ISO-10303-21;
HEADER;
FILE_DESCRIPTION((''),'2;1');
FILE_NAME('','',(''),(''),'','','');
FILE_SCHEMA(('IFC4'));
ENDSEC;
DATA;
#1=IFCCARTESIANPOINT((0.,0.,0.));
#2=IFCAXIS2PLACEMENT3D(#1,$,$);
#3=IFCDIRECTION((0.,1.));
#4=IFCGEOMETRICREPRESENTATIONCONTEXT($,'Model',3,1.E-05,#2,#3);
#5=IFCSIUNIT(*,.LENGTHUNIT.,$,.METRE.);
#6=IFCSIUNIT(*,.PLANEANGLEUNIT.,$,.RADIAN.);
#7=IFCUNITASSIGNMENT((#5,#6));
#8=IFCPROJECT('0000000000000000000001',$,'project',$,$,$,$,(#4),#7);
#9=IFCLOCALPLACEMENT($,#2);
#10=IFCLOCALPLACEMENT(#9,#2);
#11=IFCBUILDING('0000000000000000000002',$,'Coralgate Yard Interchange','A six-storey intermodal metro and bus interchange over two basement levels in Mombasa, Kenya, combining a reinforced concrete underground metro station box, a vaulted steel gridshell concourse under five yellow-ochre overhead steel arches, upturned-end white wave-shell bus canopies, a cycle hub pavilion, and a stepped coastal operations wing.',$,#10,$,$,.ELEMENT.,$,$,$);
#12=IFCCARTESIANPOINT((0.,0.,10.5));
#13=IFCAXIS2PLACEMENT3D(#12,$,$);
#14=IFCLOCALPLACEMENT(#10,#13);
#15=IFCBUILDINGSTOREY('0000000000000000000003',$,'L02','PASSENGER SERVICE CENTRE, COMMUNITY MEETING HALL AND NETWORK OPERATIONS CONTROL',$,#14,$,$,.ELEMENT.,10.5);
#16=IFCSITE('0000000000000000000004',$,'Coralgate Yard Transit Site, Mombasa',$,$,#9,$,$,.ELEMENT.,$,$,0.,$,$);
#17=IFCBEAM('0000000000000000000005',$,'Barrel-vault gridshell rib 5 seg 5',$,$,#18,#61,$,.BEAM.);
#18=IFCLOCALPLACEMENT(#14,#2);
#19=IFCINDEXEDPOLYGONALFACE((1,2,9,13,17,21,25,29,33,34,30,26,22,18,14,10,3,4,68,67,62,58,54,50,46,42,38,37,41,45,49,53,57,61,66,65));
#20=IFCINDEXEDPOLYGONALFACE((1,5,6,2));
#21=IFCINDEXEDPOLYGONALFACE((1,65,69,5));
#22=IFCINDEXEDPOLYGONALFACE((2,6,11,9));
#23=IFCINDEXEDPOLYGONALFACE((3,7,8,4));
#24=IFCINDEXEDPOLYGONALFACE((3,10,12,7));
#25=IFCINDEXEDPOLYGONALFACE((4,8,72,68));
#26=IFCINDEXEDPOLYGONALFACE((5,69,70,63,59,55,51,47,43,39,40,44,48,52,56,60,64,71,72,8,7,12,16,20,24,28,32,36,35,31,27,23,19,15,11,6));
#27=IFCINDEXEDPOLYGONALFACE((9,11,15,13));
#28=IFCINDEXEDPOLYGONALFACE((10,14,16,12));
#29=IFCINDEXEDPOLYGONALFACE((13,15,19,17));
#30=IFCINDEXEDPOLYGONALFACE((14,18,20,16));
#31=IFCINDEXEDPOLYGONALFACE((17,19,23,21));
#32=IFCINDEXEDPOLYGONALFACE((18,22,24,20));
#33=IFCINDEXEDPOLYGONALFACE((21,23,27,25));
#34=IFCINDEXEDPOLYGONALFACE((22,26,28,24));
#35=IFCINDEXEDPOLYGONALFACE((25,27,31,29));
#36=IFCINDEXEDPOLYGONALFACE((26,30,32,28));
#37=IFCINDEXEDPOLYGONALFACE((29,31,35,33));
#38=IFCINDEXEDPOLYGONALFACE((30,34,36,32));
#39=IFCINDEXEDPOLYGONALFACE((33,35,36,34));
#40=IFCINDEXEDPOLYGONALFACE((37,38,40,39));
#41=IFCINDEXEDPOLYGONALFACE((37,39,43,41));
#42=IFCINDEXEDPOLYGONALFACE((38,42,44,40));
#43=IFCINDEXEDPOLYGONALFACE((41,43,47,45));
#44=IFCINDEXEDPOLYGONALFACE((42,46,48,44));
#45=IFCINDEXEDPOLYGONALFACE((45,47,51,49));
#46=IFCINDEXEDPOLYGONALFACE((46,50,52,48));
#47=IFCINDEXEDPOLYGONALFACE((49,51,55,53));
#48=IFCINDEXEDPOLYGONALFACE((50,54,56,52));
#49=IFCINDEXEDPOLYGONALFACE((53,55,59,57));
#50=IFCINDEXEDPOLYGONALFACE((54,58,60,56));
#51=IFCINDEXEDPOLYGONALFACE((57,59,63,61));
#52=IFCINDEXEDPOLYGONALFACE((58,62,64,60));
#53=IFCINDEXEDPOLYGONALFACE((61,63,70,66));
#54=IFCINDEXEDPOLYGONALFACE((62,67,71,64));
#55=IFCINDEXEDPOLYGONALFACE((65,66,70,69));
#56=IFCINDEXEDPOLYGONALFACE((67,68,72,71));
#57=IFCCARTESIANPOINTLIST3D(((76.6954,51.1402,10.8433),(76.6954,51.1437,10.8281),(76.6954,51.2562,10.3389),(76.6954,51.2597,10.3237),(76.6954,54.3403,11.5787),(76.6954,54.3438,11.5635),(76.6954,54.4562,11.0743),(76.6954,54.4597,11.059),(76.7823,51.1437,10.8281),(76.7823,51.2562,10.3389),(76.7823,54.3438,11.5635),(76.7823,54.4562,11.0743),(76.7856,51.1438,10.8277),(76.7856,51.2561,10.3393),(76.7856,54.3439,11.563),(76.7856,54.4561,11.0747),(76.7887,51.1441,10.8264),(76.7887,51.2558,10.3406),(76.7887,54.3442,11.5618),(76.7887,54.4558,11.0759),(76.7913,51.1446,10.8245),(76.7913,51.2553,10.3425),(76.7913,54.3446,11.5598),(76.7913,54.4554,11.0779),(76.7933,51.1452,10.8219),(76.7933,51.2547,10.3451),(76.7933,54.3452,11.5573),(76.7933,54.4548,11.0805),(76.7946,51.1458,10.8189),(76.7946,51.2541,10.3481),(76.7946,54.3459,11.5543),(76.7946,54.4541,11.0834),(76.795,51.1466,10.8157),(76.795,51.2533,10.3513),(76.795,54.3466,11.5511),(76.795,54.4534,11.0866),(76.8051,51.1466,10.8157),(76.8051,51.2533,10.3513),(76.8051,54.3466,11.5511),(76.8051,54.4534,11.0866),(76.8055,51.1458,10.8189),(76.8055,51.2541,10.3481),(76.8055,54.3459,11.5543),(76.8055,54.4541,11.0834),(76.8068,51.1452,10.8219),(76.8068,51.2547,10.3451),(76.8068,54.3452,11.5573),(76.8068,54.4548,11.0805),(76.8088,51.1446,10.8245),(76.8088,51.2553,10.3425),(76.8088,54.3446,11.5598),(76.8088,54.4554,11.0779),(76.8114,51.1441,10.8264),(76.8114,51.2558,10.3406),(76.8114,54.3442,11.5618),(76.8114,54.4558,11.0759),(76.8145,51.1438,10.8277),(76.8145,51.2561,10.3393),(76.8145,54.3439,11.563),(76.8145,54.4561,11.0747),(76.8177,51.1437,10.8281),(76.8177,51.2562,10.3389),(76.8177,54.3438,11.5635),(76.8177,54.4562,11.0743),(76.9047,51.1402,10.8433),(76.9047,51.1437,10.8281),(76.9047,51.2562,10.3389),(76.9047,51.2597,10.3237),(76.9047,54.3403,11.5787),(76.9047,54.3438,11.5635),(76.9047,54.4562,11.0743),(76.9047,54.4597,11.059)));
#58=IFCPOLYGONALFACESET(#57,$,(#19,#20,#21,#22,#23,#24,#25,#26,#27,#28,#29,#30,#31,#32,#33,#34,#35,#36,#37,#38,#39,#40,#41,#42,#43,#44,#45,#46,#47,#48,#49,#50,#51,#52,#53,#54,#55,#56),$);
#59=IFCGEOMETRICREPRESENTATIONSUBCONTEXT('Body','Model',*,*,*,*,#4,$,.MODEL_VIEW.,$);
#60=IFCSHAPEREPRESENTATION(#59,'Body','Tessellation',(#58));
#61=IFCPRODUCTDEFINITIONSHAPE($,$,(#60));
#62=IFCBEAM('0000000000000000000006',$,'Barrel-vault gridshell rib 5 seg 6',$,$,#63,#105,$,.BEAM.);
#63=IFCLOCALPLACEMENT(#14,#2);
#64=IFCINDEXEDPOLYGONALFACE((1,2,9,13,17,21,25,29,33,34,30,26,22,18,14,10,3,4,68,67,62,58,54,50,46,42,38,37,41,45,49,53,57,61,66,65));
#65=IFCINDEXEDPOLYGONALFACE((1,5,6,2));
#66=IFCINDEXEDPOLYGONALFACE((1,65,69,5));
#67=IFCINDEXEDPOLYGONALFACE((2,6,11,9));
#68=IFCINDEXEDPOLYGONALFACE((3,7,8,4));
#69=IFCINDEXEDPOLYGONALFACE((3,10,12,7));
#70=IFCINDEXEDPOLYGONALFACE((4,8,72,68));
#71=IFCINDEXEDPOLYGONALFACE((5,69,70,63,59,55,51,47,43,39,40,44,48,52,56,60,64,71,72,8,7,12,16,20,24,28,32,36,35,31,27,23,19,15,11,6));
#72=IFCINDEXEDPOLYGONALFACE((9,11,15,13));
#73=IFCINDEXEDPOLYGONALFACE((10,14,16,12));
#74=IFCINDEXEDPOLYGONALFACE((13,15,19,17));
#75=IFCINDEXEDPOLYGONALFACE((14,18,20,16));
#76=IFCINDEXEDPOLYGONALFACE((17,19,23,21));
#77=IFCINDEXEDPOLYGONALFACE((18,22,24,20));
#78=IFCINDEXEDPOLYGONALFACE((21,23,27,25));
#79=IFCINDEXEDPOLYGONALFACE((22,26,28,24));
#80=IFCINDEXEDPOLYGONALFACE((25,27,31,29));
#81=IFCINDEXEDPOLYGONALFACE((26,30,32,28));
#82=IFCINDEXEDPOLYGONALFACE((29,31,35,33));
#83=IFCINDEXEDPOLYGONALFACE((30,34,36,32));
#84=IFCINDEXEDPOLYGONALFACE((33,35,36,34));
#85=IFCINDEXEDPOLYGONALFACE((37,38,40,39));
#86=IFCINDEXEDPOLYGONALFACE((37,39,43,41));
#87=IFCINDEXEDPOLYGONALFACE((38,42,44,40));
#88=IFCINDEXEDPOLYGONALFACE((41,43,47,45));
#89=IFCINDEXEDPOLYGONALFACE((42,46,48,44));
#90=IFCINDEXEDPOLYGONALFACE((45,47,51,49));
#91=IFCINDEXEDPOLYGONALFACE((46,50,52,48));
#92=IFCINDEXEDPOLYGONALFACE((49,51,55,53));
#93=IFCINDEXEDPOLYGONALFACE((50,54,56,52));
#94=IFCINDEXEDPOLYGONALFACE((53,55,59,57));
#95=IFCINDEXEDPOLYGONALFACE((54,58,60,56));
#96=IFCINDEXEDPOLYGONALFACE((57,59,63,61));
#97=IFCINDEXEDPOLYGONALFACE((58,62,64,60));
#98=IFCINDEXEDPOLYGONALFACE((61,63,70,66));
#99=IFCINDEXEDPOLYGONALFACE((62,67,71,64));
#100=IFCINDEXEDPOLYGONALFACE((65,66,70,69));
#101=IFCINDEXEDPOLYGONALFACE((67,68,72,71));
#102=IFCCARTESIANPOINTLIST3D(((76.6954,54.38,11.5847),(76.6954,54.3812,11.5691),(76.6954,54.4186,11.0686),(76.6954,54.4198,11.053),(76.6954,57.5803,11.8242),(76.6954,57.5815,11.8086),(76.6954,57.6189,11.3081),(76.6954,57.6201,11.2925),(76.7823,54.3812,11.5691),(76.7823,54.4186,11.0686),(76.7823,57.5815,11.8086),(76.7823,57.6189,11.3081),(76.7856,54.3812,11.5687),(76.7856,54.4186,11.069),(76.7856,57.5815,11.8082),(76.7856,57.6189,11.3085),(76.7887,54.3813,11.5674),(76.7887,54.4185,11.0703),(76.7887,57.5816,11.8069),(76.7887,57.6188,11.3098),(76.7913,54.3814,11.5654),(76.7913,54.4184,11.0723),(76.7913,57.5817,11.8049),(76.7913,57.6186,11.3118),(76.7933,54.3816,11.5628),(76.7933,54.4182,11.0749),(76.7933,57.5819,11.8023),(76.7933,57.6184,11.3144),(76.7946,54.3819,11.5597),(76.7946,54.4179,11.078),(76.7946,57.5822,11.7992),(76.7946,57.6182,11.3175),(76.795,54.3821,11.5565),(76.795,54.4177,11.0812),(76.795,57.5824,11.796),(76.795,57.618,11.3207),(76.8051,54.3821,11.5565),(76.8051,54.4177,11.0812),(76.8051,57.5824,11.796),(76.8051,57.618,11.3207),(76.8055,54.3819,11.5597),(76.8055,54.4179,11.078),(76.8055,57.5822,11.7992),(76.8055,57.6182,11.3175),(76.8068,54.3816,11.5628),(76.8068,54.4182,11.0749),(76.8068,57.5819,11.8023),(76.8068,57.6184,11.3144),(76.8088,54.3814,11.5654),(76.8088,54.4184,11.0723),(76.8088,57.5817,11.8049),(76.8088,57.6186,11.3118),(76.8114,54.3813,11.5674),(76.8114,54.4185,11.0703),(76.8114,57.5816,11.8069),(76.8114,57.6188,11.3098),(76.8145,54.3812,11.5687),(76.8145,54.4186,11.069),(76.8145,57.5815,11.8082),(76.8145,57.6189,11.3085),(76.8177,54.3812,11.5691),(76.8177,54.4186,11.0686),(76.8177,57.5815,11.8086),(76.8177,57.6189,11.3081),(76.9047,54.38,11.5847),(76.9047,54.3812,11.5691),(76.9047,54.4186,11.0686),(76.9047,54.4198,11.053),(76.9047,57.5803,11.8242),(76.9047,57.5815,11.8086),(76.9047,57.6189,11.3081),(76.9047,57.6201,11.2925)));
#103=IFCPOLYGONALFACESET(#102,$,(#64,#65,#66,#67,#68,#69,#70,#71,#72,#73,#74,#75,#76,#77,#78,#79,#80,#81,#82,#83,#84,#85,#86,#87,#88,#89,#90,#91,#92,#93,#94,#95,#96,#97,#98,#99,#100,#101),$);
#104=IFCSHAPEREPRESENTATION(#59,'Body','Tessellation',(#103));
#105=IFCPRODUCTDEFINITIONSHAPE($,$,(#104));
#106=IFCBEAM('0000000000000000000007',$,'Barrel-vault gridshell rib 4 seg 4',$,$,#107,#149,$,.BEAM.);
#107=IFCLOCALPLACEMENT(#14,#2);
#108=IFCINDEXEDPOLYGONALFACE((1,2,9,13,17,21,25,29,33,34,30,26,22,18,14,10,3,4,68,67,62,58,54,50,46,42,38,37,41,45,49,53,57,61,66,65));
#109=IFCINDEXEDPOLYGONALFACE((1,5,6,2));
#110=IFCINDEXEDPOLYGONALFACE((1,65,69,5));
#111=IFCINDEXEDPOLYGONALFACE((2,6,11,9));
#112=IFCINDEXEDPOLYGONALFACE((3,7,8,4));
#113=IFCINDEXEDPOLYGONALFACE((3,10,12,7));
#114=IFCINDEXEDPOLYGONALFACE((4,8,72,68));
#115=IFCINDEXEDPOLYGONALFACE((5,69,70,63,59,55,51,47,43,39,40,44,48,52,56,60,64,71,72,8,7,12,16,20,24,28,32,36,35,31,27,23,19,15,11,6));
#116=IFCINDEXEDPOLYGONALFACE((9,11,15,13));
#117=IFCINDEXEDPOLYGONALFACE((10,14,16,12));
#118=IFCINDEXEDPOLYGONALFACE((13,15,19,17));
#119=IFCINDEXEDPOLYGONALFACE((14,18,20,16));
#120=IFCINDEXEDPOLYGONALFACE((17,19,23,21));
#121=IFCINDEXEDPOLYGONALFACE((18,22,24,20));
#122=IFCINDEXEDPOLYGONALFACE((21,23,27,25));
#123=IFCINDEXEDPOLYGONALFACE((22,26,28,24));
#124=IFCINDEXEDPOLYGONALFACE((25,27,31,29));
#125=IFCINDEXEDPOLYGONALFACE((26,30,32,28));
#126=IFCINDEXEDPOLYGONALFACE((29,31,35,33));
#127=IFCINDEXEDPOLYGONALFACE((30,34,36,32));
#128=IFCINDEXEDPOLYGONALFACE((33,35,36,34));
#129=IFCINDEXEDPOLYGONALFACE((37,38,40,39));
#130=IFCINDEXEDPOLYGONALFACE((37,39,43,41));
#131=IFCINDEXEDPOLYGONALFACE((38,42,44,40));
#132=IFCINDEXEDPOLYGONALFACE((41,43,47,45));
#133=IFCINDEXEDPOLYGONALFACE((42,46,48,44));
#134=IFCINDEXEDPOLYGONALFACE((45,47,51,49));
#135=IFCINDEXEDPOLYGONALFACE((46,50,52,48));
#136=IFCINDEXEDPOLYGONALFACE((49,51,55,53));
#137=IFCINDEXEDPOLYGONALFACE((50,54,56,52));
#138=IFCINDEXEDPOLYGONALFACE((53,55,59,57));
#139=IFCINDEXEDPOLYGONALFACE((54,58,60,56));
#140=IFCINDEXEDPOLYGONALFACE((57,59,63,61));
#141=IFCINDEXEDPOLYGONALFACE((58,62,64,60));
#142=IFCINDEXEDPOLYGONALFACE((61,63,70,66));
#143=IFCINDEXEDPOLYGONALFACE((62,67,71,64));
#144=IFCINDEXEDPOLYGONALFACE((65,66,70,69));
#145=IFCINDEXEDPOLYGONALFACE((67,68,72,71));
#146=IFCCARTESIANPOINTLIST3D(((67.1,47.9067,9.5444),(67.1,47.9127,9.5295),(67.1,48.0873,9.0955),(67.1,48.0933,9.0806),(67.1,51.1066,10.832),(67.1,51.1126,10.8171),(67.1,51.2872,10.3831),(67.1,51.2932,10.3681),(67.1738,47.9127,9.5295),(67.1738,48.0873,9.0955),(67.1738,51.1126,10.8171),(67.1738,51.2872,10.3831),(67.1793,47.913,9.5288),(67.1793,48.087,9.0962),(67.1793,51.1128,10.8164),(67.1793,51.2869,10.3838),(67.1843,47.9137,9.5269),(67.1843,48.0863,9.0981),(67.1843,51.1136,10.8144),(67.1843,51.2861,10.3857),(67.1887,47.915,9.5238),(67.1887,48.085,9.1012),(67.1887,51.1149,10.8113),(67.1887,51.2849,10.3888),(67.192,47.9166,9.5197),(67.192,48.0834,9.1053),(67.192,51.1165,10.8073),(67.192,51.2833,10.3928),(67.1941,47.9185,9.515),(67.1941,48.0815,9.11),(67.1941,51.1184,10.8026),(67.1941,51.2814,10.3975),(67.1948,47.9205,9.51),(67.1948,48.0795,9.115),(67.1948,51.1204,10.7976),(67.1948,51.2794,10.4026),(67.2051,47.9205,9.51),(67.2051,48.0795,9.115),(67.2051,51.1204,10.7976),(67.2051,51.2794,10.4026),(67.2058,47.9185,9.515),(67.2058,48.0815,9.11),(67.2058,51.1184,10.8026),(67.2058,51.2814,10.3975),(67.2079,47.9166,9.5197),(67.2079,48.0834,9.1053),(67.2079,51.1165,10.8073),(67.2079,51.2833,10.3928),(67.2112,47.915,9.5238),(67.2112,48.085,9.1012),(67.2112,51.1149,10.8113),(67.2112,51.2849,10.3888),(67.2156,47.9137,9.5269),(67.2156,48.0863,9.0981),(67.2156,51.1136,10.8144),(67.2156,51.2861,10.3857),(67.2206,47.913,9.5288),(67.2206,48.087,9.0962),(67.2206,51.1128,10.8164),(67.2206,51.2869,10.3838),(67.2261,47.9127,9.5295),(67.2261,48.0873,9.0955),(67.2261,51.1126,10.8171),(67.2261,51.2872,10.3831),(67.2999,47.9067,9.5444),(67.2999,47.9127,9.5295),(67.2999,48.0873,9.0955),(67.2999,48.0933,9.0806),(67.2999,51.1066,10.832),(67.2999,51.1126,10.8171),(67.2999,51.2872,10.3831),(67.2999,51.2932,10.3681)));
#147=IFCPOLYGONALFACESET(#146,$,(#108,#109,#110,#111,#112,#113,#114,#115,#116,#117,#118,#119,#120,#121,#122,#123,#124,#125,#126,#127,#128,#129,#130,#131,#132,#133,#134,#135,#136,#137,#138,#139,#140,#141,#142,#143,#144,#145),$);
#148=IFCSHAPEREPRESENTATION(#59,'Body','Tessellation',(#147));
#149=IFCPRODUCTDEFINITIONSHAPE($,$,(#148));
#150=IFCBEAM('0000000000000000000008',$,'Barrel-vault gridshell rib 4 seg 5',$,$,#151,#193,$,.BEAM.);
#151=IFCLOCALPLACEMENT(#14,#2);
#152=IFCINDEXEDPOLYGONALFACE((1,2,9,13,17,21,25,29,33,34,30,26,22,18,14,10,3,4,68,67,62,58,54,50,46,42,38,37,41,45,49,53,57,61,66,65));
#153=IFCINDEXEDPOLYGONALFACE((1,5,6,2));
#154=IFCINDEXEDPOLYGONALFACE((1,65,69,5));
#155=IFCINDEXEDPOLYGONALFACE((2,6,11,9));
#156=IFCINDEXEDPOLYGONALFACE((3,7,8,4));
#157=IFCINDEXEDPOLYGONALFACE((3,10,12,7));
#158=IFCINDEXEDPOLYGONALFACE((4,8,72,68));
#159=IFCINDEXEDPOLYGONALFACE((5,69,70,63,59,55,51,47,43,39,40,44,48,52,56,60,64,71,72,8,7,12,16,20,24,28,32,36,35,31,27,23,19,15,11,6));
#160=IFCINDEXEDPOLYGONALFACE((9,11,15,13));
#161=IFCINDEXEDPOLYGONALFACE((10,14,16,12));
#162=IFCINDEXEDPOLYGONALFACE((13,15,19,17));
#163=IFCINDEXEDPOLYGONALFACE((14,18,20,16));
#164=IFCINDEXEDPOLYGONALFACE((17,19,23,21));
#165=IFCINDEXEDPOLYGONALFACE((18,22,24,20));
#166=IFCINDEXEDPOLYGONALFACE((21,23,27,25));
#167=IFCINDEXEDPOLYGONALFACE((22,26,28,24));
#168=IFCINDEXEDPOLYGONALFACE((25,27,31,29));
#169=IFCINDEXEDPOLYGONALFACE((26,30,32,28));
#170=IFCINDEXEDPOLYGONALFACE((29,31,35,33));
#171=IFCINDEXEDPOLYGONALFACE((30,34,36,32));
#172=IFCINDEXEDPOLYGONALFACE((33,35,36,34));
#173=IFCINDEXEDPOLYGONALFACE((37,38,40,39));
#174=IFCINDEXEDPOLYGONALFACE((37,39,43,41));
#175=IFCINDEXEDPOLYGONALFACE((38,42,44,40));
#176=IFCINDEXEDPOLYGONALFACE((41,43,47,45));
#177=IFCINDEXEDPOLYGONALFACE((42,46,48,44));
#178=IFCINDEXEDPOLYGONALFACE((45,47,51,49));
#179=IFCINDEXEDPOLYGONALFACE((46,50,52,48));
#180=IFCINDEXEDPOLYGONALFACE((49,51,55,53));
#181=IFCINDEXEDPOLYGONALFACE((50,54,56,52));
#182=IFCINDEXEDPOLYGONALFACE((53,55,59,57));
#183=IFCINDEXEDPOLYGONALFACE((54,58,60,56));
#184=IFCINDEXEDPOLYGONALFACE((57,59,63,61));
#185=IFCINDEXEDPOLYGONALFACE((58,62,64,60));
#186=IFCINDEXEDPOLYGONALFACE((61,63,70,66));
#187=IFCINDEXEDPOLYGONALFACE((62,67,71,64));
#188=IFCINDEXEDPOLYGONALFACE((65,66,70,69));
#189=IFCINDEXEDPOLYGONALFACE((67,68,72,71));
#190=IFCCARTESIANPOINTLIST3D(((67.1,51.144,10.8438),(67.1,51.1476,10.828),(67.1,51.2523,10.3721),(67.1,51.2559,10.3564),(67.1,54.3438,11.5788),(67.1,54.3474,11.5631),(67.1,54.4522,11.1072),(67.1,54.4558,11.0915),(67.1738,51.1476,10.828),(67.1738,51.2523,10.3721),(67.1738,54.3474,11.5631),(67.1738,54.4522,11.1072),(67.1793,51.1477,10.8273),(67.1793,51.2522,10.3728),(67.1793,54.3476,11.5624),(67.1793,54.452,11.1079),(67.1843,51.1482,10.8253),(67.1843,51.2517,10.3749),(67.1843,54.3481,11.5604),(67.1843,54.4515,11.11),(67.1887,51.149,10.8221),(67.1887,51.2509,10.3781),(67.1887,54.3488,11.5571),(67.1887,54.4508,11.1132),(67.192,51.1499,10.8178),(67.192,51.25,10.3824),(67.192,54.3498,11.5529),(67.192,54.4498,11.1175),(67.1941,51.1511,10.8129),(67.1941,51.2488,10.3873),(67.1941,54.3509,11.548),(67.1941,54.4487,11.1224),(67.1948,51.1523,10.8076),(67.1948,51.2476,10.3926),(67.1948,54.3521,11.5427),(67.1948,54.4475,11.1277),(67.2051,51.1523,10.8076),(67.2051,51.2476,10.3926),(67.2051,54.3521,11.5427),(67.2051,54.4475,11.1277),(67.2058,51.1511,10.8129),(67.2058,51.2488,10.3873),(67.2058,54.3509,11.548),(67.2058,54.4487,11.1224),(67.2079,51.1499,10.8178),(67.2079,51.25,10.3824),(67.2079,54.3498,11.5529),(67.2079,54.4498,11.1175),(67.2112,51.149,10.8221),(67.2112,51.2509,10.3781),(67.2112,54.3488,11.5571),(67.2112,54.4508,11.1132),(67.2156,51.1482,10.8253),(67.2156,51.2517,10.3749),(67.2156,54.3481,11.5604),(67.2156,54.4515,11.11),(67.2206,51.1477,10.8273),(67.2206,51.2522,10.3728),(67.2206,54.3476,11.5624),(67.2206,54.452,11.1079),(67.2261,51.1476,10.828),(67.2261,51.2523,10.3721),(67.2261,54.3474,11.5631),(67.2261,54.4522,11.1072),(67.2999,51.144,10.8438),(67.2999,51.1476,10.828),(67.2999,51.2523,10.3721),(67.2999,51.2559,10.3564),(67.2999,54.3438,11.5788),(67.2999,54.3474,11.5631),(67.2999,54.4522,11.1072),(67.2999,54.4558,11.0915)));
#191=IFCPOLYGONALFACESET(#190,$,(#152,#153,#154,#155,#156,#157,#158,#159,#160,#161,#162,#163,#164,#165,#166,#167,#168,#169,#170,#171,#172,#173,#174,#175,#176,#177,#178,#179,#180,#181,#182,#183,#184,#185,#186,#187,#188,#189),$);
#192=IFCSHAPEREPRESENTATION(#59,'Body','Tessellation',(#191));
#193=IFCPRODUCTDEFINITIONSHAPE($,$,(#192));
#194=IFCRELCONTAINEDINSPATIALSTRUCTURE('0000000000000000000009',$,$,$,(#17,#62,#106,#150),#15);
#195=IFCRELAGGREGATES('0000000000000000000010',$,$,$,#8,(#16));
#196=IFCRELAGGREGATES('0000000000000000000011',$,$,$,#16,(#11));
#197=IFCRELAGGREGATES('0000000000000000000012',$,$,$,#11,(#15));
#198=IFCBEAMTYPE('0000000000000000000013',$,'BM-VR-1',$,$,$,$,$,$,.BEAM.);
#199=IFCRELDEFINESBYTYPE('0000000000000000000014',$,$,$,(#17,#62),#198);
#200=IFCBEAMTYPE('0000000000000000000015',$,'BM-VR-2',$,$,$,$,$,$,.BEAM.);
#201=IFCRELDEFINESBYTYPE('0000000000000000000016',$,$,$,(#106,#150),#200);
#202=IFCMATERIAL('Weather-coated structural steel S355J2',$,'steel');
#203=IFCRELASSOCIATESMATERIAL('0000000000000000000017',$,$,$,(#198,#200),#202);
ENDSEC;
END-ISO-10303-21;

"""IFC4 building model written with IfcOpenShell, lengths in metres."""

from ifc_helpers import new_model, si_unit, direction, frame, origin, origin_2d, place, context, subcontext, project, spatial, i_section, extrude, material, material_profile, profile_set, type_object, element, save


model = new_model("IFC4")

# Units and contexts
model_context = context("Model", 3, precision=1e-05, world=origin(), true_north=direction((0.0, 1.0)))
body_context = subcontext(model_context, "Body", "Model", "MODEL_VIEW")
ifc_project = project(units=[si_unit("LENGTHUNIT", "METRE"), si_unit("PLANEANGLEUNIT", "RADIAN")], contexts=[model_context])

# Site, building, storey
site_placement = place(None, origin())
site = spatial("IfcSite", under=ifc_project, at=site_placement, Name="Coralgate Yard Transit Site, Mombasa", CompositionType="ELEMENT", RefElevation=0.0)
building_placement = place(site_placement, origin())
building = spatial("IfcBuilding", under=site, at=building_placement, Name="Coralgate Yard Interchange", Description="A six-storey intermodal metro and bus interchange over two basement levels in Mombasa, Kenya, combining a reinforced concrete underground metro station box, a vaulted steel gridshell concourse under five yellow-ochre overhead steel arches, upturned-end white wave-shell bus canopies, a cycle hub pavilion, and a stepped coastal operations wing.", CompositionType="ELEMENT")
storey_placement = place(building_placement, frame((0.0, 0.0, 10.5)))
storey = spatial("IfcBuildingStorey", under=building, at=storey_placement, Name="L02", Description="PASSENGER SERVICE CENTRE, COMMUNITY MEETING HALL AND NETWORK OPERATIONS CONTROL", CompositionType="ELEMENT", Elevation=10.5)

# Beams
ifc_material_1 = material(Name="Weather-coated structural steel S355J2", Category="steel")
ifc_material_profile_1 = material_profile(ifc_material_1, i_section(OverallWidth=0.2092, OverallDepth=0.5332, WebThickness=0.01, FlangeThickness=0.0156, FilletRadius=0.0127, at=origin_2d()), Name="UB 533x210x92")
ifc_profile_set_1 = profile_set([ifc_material_profile_1], Name="Weather-coated structural steel S355J2")
beam_type_1 = type_object("IfcBeamType", Name="BM-VR-1", PredefinedType="BEAM", material=ifc_profile_set_1)
beam_1_placement = place(storey_placement, frame((76.8, 51.2, 10.5835), z_axis=(0.0, 0.974598, 0.223963), x_axis=(-1.0, 0.0, 0.0)))
element("IfcBeam", 1, at=beam_1_placement, inside=storey, type_object=beam_type_1, Name="Barrel-vault gridshell rib 5 seg 5", PredefinedType="BEAM", context=body_context, shape_type="SweptSolid", body=[
    extrude(i_section(OverallWidth=0.2092, OverallDepth=0.5332, WebThickness=0.01, FlangeThickness=0.0156, FilletRadius=0.0127, at=origin_2d()), origin(), (0.0, 0.0, 1.0), 3.2834),
])
beam_2_placement = place(storey_placement, frame((76.8, 54.3999, 11.3188), z_axis=(0.0, 0.997211, 0.074631), x_axis=(-1.0, 0.0, 0.0)))
element("IfcBeam", 2, at=beam_2_placement, inside=storey, type_object=beam_type_1, Name="Barrel-vault gridshell rib 5 seg 6", PredefinedType="BEAM", context=body_context, shape_type="SweptSolid", body=[
    extrude(i_section(OverallWidth=0.2092, OverallDepth=0.5332, WebThickness=0.01, FlangeThickness=0.0156, FilletRadius=0.0127, at=origin_2d()), origin(), (0.0, 0.0, 1.0), 3.2092),
])
ifc_material_profile_2 = material_profile(ifc_material_1, i_section(OverallWidth=0.2, OverallDepth=0.5, WebThickness=0.0103, FlangeThickness=0.0161, FilletRadius=0.021, at=origin_2d()), Name="IPE 500")
ifc_profile_set_2 = profile_set([ifc_material_profile_2], Name="Weather-coated structural steel S355J2")
beam_type_2 = type_object("IfcBeamType", Name="BM-VR-2", PredefinedType="BEAM", material=ifc_profile_set_2)
beam_3_placement = place(storey_placement, frame((67.2, 48.0, 9.3125), z_axis=(0.0, 0.927713, 0.373294), x_axis=(-1.0, 0.0, 0.0)))
element("IfcBeam", 3, at=beam_3_placement, inside=storey, type_object=beam_type_2, Name="Barrel-vault gridshell rib 4 seg 4", PredefinedType="BEAM", context=body_context, shape_type="SweptSolid", body=[
    extrude(i_section(OverallWidth=0.2, OverallDepth=0.5, WebThickness=0.0103, FlangeThickness=0.0161, FilletRadius=0.021, at=origin_2d()), origin(), (0.0, 0.0, 1.0), 3.4492),
])
beam_4_placement = place(storey_placement, frame((67.2, 51.2, 10.6001), z_axis=(0.0, 0.974614, 0.223893), x_axis=(-1.0, 0.0, 0.0)))
element("IfcBeam", 4, at=beam_4_placement, inside=storey, type_object=beam_type_2, Name="Barrel-vault gridshell rib 4 seg 5", PredefinedType="BEAM", context=body_context, shape_type="SweptSolid", body=[
    extrude(i_section(OverallWidth=0.2, OverallDepth=0.5, WebThickness=0.0103, FlangeThickness=0.0161, FilletRadius=0.021, at=origin_2d()), origin(), (0.0, 0.0, 1.0), 3.2832),
])

save(model, "model.ifc")
